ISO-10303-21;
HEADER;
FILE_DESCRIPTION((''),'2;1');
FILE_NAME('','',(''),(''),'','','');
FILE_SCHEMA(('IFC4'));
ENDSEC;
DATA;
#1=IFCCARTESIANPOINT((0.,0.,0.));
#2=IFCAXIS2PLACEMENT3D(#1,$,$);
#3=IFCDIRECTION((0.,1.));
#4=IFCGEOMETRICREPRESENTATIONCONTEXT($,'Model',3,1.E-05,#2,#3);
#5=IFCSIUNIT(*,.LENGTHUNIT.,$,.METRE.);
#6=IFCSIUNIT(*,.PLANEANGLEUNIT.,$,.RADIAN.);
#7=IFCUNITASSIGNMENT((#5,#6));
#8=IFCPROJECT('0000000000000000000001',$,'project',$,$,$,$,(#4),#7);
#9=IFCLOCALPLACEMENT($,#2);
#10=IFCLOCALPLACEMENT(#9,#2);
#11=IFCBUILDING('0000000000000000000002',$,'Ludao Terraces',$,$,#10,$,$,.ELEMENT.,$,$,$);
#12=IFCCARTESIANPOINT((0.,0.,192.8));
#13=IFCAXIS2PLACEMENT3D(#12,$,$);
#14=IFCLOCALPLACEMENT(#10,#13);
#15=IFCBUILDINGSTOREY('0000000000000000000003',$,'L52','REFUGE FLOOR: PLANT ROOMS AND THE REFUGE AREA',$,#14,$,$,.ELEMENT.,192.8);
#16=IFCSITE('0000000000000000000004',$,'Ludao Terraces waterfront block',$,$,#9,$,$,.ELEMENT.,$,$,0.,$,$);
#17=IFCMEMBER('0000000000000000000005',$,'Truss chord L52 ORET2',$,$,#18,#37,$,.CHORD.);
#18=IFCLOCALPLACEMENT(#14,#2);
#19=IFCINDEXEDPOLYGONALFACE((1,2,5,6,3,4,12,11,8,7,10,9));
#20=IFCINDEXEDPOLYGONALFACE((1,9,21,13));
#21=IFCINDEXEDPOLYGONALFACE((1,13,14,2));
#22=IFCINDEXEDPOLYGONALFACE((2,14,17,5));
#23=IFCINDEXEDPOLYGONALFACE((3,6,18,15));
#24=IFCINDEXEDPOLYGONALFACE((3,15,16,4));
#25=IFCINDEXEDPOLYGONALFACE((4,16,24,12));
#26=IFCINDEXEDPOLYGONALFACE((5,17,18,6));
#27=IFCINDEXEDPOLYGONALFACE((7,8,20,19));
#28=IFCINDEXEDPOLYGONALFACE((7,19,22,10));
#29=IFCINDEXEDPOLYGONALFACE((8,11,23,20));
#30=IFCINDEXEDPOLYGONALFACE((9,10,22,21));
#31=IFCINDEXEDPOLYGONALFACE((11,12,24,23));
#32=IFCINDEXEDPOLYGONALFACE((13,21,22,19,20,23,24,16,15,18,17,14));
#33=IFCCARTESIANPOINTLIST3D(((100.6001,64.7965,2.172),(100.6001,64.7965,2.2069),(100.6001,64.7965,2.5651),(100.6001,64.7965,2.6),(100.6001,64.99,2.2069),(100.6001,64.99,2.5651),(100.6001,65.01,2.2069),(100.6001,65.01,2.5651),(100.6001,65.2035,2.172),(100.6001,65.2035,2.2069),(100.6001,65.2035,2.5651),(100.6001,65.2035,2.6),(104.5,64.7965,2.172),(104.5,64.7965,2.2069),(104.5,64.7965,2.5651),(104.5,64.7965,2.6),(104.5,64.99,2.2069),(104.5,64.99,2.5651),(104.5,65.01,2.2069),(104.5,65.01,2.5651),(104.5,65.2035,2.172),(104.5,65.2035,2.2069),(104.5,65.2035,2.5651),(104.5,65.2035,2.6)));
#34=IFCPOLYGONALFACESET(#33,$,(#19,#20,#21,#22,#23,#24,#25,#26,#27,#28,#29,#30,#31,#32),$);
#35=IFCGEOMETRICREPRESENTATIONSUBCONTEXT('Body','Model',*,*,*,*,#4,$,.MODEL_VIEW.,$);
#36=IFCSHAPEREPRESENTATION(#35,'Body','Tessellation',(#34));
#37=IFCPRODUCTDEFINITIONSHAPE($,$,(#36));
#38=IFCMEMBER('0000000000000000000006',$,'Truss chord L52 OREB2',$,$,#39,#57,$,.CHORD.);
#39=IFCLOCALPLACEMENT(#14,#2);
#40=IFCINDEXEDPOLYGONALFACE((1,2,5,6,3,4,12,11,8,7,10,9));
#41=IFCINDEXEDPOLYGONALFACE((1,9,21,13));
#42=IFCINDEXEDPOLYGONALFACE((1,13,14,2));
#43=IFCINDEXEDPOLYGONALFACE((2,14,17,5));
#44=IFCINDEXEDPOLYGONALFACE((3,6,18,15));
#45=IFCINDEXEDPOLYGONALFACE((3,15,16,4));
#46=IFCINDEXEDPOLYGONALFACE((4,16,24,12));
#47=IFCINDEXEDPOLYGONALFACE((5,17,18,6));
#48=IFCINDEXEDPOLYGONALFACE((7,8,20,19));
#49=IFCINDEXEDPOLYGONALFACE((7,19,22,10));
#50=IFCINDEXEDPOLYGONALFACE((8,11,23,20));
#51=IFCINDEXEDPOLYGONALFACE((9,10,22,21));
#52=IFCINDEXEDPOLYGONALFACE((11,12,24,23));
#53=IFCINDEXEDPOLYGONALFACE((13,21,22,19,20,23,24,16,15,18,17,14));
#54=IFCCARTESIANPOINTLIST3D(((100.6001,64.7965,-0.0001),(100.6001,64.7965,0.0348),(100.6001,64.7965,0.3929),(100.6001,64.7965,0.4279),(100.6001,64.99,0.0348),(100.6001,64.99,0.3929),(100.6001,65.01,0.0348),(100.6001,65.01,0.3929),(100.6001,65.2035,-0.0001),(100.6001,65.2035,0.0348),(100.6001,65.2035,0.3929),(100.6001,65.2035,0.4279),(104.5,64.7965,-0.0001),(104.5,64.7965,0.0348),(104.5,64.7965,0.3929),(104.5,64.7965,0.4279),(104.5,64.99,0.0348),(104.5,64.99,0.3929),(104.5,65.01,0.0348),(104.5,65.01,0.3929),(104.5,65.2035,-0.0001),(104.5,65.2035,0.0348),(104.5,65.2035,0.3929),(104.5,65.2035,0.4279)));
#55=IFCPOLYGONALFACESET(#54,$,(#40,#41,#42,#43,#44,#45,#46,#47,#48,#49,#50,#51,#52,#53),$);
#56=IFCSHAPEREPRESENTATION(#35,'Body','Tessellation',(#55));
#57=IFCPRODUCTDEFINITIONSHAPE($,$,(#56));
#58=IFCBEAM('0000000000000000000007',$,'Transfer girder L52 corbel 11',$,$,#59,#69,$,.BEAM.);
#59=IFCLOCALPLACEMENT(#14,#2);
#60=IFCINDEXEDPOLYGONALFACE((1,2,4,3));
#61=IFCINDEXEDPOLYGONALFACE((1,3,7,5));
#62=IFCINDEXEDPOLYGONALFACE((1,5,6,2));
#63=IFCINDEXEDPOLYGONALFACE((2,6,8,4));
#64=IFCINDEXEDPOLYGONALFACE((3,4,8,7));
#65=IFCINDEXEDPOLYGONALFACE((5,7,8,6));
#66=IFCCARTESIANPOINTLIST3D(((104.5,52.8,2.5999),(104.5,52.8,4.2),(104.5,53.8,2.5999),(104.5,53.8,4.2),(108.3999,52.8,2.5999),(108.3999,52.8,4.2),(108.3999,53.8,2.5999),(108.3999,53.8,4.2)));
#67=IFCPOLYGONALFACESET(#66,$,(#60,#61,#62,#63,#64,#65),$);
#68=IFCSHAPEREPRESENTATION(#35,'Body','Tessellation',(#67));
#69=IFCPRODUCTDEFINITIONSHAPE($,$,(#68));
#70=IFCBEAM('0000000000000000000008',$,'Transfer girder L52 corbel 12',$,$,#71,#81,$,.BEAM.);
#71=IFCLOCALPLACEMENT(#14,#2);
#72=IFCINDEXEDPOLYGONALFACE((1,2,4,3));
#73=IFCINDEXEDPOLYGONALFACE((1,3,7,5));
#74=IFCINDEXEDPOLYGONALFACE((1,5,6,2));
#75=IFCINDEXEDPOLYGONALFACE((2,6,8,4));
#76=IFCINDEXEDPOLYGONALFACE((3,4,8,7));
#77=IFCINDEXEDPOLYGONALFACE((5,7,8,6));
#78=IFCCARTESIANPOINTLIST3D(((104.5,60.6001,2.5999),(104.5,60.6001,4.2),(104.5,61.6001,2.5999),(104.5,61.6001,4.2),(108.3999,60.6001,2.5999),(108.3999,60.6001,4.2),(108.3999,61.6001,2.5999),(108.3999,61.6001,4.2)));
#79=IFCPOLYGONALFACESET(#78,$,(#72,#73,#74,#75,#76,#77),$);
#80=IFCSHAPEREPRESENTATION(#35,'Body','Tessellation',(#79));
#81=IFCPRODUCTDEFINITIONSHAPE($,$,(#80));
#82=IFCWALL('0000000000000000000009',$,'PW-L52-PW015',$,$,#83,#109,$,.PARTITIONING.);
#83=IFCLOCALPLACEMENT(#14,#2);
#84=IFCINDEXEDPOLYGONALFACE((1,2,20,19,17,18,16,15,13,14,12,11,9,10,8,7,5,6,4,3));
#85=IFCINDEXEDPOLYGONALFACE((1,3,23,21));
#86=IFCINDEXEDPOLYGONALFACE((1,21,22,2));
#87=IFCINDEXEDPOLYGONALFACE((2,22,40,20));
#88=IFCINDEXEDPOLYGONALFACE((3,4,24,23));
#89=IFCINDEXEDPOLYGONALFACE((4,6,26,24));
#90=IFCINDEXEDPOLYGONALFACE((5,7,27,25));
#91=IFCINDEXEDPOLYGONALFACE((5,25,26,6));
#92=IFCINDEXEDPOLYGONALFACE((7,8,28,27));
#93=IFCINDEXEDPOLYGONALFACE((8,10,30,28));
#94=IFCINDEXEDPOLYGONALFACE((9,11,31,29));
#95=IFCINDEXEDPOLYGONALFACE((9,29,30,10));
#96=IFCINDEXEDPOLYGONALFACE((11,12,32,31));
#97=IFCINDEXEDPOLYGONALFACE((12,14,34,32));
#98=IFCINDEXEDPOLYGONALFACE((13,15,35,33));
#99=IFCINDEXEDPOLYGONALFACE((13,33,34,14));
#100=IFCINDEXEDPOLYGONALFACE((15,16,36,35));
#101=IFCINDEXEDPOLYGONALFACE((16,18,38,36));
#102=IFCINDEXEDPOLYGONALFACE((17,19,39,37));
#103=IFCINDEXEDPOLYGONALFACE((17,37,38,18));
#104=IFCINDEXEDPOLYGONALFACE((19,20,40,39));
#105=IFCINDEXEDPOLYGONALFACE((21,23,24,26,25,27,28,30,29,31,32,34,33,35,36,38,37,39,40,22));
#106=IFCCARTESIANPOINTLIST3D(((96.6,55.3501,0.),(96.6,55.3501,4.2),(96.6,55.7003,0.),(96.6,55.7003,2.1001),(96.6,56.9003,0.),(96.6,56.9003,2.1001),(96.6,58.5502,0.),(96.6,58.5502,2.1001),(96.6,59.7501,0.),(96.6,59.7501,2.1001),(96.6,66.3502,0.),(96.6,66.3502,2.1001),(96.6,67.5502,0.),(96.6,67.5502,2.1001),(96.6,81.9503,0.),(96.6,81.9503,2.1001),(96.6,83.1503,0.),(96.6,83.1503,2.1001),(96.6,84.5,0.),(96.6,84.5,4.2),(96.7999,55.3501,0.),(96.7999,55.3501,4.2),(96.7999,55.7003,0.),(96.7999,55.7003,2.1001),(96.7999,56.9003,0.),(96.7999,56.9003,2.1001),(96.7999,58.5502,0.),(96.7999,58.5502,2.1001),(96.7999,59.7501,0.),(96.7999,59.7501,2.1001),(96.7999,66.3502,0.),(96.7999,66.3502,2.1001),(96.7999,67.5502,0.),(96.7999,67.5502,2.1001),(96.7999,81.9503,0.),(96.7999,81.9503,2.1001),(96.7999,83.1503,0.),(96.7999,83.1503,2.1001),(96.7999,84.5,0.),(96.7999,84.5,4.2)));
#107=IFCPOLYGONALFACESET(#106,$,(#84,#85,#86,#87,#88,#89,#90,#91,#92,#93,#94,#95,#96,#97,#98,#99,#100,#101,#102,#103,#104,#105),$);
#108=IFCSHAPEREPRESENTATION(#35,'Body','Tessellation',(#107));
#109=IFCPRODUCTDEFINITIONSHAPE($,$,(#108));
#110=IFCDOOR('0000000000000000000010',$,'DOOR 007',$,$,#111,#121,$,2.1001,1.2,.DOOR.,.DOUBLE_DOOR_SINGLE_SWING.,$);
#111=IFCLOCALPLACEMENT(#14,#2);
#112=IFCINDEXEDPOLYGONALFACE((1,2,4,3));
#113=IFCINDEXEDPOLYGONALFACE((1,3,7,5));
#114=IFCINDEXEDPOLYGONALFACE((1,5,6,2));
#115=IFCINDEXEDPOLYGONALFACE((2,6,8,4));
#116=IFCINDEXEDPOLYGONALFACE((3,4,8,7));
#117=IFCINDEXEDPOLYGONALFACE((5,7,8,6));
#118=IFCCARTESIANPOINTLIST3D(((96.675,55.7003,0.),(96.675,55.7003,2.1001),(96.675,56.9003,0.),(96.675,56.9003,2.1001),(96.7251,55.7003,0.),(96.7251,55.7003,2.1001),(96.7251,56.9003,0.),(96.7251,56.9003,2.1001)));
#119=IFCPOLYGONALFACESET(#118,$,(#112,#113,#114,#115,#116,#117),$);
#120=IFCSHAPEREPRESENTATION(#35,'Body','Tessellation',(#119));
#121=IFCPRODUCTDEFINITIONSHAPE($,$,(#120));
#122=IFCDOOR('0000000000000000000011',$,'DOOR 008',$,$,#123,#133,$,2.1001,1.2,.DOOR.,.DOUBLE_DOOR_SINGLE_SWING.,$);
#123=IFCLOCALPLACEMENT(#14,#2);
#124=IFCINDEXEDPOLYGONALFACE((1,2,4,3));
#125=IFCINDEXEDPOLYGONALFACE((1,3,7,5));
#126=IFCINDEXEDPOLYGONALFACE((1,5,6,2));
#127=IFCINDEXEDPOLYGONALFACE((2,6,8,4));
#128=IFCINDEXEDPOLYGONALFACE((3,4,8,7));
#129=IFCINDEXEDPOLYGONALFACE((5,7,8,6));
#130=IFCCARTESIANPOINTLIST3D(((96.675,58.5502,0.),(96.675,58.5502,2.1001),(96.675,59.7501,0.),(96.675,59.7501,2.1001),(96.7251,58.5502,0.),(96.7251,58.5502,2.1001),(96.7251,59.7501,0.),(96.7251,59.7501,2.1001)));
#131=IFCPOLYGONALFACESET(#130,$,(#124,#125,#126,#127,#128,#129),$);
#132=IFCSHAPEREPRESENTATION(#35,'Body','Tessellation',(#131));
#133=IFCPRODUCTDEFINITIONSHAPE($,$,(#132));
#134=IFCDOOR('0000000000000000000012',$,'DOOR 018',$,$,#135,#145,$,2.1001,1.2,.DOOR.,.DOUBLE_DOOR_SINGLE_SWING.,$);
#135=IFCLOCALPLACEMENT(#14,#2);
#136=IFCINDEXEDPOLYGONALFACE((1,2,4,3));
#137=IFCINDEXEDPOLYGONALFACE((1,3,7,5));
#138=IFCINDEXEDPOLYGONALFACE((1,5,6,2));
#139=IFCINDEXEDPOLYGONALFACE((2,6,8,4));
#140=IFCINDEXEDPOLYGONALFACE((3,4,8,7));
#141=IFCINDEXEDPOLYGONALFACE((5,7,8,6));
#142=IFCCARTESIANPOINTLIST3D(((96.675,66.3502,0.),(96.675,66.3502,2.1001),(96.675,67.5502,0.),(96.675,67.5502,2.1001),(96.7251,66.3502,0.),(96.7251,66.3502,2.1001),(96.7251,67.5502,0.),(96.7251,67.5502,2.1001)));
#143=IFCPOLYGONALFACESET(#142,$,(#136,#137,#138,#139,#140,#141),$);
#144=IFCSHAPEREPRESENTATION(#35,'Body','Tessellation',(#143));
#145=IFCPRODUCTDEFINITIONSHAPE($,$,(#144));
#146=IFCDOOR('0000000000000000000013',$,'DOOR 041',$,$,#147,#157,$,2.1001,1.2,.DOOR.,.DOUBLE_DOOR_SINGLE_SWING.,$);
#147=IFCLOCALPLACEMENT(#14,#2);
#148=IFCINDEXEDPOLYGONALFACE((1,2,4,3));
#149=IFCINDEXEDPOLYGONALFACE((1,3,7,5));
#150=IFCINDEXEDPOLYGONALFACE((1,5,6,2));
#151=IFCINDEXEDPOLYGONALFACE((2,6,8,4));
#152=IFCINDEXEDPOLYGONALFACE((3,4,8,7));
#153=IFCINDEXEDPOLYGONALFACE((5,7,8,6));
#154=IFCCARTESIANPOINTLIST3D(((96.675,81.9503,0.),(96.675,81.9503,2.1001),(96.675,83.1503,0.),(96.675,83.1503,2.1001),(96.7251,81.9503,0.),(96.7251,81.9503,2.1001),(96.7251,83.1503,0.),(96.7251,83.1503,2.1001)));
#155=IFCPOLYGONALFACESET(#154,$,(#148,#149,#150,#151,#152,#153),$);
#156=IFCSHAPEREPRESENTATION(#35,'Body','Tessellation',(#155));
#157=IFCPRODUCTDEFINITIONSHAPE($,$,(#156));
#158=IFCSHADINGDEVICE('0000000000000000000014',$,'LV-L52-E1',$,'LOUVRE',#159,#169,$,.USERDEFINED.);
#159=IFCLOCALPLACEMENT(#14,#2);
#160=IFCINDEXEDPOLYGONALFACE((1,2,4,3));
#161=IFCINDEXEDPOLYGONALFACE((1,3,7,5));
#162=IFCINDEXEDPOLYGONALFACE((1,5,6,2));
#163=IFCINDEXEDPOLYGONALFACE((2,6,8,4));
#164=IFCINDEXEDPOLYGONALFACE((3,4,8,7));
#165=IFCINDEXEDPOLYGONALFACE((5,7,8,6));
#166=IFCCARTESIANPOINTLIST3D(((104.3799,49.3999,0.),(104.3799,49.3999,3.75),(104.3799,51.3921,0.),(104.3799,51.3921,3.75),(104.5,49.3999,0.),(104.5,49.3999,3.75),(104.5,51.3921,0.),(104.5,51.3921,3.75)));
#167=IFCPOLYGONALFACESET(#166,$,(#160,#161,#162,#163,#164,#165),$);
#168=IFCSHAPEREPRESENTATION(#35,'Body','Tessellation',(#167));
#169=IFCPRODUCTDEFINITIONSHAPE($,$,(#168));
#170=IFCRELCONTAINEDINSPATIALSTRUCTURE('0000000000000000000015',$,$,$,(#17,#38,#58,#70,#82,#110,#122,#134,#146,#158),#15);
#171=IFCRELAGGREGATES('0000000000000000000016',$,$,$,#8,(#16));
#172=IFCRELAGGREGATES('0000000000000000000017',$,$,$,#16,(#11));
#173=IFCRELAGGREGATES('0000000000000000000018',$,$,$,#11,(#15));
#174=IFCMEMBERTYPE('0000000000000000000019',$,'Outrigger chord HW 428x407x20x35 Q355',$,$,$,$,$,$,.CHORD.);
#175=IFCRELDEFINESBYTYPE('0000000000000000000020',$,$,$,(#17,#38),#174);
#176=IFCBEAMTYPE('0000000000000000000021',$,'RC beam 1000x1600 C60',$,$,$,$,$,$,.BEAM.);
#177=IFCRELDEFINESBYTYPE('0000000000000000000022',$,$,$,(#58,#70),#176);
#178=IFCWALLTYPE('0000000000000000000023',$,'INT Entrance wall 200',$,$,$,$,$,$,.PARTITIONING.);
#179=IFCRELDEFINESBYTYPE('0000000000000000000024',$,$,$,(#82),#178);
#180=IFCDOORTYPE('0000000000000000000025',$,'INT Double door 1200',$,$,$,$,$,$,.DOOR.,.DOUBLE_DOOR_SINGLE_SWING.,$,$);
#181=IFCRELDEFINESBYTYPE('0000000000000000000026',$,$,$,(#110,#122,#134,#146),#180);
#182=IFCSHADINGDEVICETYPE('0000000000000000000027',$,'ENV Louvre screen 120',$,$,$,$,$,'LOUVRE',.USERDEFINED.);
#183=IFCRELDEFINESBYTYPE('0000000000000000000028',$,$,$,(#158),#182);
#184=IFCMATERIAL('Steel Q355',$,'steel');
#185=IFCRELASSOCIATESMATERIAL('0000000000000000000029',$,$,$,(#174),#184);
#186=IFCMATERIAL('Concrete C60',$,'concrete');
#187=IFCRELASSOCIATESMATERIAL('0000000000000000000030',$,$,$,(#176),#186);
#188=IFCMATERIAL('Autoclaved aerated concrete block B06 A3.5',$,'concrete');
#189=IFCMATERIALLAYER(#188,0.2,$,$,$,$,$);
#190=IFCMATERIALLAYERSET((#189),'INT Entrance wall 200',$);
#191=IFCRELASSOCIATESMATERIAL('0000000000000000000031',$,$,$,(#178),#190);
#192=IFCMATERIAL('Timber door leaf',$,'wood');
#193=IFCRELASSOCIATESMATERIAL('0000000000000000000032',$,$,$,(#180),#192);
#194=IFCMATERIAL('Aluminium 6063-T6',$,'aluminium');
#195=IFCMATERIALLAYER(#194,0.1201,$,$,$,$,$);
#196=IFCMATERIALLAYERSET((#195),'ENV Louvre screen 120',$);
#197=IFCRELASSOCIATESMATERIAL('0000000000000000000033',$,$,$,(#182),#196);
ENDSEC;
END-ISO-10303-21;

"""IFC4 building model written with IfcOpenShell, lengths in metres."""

from ifc_helpers import new_model, si_unit, direction, frame, frame_2d, origin, origin_2d, place, context, subcontext, project, spatial, rectangle, i_section, extrude, material, layer, layer_set, material_profile, profile_set, type_object, element, fill, save


model = new_model("IFC4")

# Units and contexts
model_context = context("Model", 3, precision=1e-05, world=origin(), true_north=direction((0.0, 1.0)))
body_context = subcontext(model_context, "Body", "Model", "MODEL_VIEW")
ifc_project = project(units=[si_unit("LENGTHUNIT", "METRE"), si_unit("PLANEANGLEUNIT", "RADIAN")], contexts=[model_context])

# Site, building, storey
site_placement = place(None, origin())
site = spatial("IfcSite", under=ifc_project, at=site_placement, Name="Ludao Terraces waterfront block", CompositionType="ELEMENT", RefElevation=0.0)
building_placement = place(site_placement, origin())
building = spatial("IfcBuilding", under=site, at=building_placement, Name="Ludao Terraces", CompositionType="ELEMENT")
storey_placement = place(building_placement, frame((0.0, 0.0, 192.8)))
storey = spatial("IfcBuildingStorey", under=building, at=storey_placement, Name="L52", Description="REFUGE FLOOR: PLANT ROOMS AND THE REFUGE AREA", CompositionType="ELEMENT", Elevation=192.8)

# Members
ifc_material_1 = material(Name="Steel Q355", Category="steel")
ifc_material_profile_1 = material_profile(ifc_material_1, i_section(OverallWidth=0.407, OverallDepth=0.428, WebThickness=0.02, FlangeThickness=0.0349, at=origin_2d()), Name="HW 428X407X20X35")
ifc_profile_set_1 = profile_set([ifc_material_profile_1], Name="Steel Q355")
member_type_1 = type_object("IfcMemberType", Name="Outrigger chord HW 428x407x20x35 Q355", PredefinedType="CHORD", material=ifc_profile_set_1)
for number, where, z_axis, x_axis, name in (
    (1, (100.6001, 65.0, 2.386), (1.0, 0.0, 0.0), (0.0, 1.0, 0.0), "Truss chord L52 ORET2"),
    (2, (100.6001, 65.0, 0.2139), (1.0, 0.0, 0.0), (0.0, 1.0, 0.0), "Truss chord L52 OREB2"),
):
    element("IfcMember", number, at=place(storey_placement, frame(where, z_axis=z_axis, x_axis=x_axis)), inside=storey, type_object=member_type_1, Name=name, PredefinedType="CHORD", context=body_context, shape_type="SweptSolid", body=[
        extrude(i_section(OverallWidth=0.407, OverallDepth=0.428, WebThickness=0.02, FlangeThickness=0.0349, at=origin_2d()), origin(), (0.0, 0.0, 1.0), 3.8999),
    ])

# Beams
ifc_material_2 = material(Name="Concrete C60", Category="concrete")
ifc_material_profile_2 = material_profile(ifc_material_2, rectangle(XDim=1.0, YDim=1.6001, at=origin_2d()), Name="1000 X 1600")
ifc_profile_set_2 = profile_set([ifc_material_profile_2], Name="Concrete C60")
beam_type = type_object("IfcBeamType", Name="RC beam 1000x1600 C60", PredefinedType="BEAM", material=ifc_profile_set_2)
for number, where, z_axis, x_axis, name in (
    (3, (108.3999, 53.3, 3.3999), (-1.0, 0.0, 0.0), (0.0, -1.0, 0.0), "Transfer girder L52 corbel 11"),
    (4, (108.3999, 61.1001, 3.3999), (-1.0, 0.0, 0.0), (0.0, -1.0, 0.0), "Transfer girder L52 corbel 12"),
):
    element("IfcBeam", number, at=place(storey_placement, frame(where, z_axis=z_axis, x_axis=x_axis)), inside=storey, type_object=beam_type, Name=name, PredefinedType="BEAM", context=body_context, shape_type="SweptSolid", body=[
        extrude(rectangle(XDim=1.0, YDim=1.6001, at=origin_2d()), origin(), (0.0, 0.0, 1.0), 3.8999),
    ])

# Wall, openings, doors
ifc_material_3 = material(Name="Autoclaved aerated concrete block B06 A3.5", Category="concrete")
ifc_layer_1 = layer(ifc_material_3, 0.2)
ifc_layer_set_1 = layer_set([ifc_layer_1], Name="INT Entrance wall 200")
wall_type = type_object("IfcWallType", Name="INT Entrance wall 200", PredefinedType="PARTITIONING", material=ifc_layer_set_1)
wall_placement = place(storey_placement, frame((96.7, 55.3501, 0.0), z_axis=(0.0, 0.0, 1.0), x_axis=(0.0, 1.0, 0.0)))
wall = element("IfcWall", 5, at=wall_placement, inside=storey, type_object=wall_type, Name="PW-L52-PW015", PredefinedType="PARTITIONING", context=body_context, shape_type="SweptSolid", body=[
    extrude(rectangle(XDim=29.1499, YDim=0.2, at=frame_2d((14.575, 0.0))), origin(), (0.0, 0.0, 1.0), 4.2),
])
opening_1_placement = place(wall_placement, frame((0.3501, 0.0, 0.0)))
opening_1 = element("IfcOpeningElement", 6, at=opening_1_placement, cuts=wall, PredefinedType="OPENING", context=body_context, shape_type="SweptSolid", body=[
    extrude(rectangle(XDim=1.2, YDim=2.1001, at=frame_2d((0.6001, 1.05))), frame((0.0, 0.1099, 0.0), z_axis=(0.0, -1.0, 0.0), x_axis=(1.0, 0.0, 0.0)), (0.0, 0.0, 1.0), 0.22),
])
opening_2_placement = place(wall_placement, frame((3.2, 0.0, 0.0)))
opening_2 = element("IfcOpeningElement", 7, at=opening_2_placement, cuts=wall, PredefinedType="OPENING", context=body_context, shape_type="SweptSolid", body=[
    extrude(rectangle(XDim=1.2, YDim=2.1001, at=frame_2d((0.6001, 1.05))), frame((0.0, 0.1099, 0.0), z_axis=(0.0, -1.0, 0.0), x_axis=(1.0, 0.0, 0.0)), (0.0, 0.0, 1.0), 0.22),
])
opening_3_placement = place(wall_placement, frame((11.0, 0.0, 0.0)))
opening_3 = element("IfcOpeningElement", 8, at=opening_3_placement, cuts=wall, PredefinedType="OPENING", context=body_context, shape_type="SweptSolid", body=[
    extrude(rectangle(XDim=1.2, YDim=2.1001, at=frame_2d((0.6001, 1.05))), frame((0.0, 0.1099, 0.0), z_axis=(0.0, -1.0, 0.0), x_axis=(1.0, 0.0, 0.0)), (0.0, 0.0, 1.0), 0.22),
])
opening_4_placement = place(wall_placement, frame((26.6001, 0.0, 0.0)))
opening_4 = element("IfcOpeningElement", 9, at=opening_4_placement, cuts=wall, PredefinedType="OPENING", context=body_context, shape_type="SweptSolid", body=[
    extrude(rectangle(XDim=1.2, YDim=2.1001, at=frame_2d((0.6001, 1.05))), frame((0.0, 0.1099, 0.0), z_axis=(0.0, -1.0, 0.0), x_axis=(1.0, 0.0, 0.0)), (0.0, 0.0, 1.0), 0.22),
])
ifc_material_4 = material(Name="Timber door leaf", Category="wood")
door_type = type_object("IfcDoorType", Name="INT Double door 1200", OperationType="DOUBLE_DOOR_SINGLE_SWING", PredefinedType="DOOR", material=ifc_material_4)
door_1_placement = place(opening_1_placement, origin())
door_1 = element("IfcDoor", 10, at=door_1_placement, inside=storey, type_object=door_type, Name="DOOR 007", OperationType="DOUBLE_DOOR_SINGLE_SWING", OverallHeight=2.1001, OverallWidth=1.2, PredefinedType="DOOR", context=body_context, shape_type="SweptSolid", body=[
    extrude(rectangle(XDim=1.2, YDim=2.1001, at=frame_2d((0.6001, 1.05))), frame((0.0, 0.0249, 0.0), z_axis=(0.0, -1.0, 0.0), x_axis=(1.0, 0.0, 0.0)), (0.0, 0.0, 1.0), 0.05),
])
fill(opening_1, door_1)
door_2_placement = place(opening_2_placement, origin())
door_2 = element("IfcDoor", 11, at=door_2_placement, inside=storey, type_object=door_type, Name="DOOR 008", OperationType="DOUBLE_DOOR_SINGLE_SWING", OverallHeight=2.1001, OverallWidth=1.2, PredefinedType="DOOR", context=body_context, shape_type="SweptSolid", body=[
    extrude(rectangle(XDim=1.2, YDim=2.1001, at=frame_2d((0.6001, 1.05))), frame((0.0, 0.0249, 0.0), z_axis=(0.0, -1.0, 0.0), x_axis=(1.0, 0.0, 0.0)), (0.0, 0.0, 1.0), 0.05),
])
fill(opening_2, door_2)
door_3_placement = place(opening_3_placement, origin())
door_3 = element("IfcDoor", 12, at=door_3_placement, inside=storey, type_object=door_type, Name="DOOR 018", OperationType="DOUBLE_DOOR_SINGLE_SWING", OverallHeight=2.1001, OverallWidth=1.2, PredefinedType="DOOR", context=body_context, shape_type="SweptSolid", body=[
    extrude(rectangle(XDim=1.2, YDim=2.1001, at=frame_2d((0.6001, 1.05))), frame((0.0, 0.0249, 0.0), z_axis=(0.0, -1.0, 0.0), x_axis=(1.0, 0.0, 0.0)), (0.0, 0.0, 1.0), 0.05),
])
fill(opening_3, door_3)
door_4_placement = place(opening_4_placement, origin())
door_4 = element("IfcDoor", 13, at=door_4_placement, inside=storey, type_object=door_type, Name="DOOR 041", OperationType="DOUBLE_DOOR_SINGLE_SWING", OverallHeight=2.1001, OverallWidth=1.2, PredefinedType="DOOR", context=body_context, shape_type="SweptSolid", body=[
    extrude(rectangle(XDim=1.2, YDim=2.1001, at=frame_2d((0.6001, 1.05))), frame((0.0, 0.0249, 0.0), z_axis=(0.0, -1.0, 0.0), x_axis=(1.0, 0.0, 0.0)), (0.0, 0.0, 1.0), 0.05),
])
fill(opening_4, door_4)

# Shading device
ifc_material_5 = material(Name="Aluminium 6063-T6", Category="aluminium")
ifc_layer_2 = layer(ifc_material_5, 0.1201)
ifc_layer_set_2 = layer_set([ifc_layer_2], Name="ENV Louvre screen 120")
shading_device_type = type_object("IfcShadingDeviceType", Name="ENV Louvre screen 120", ElementType="LOUVRE", PredefinedType="USERDEFINED", material=ifc_layer_set_2)
shading_device_placement = place(storey_placement, frame((104.4399, 49.3999, 0.0), z_axis=(0.0, 0.0, 1.0), x_axis=(0.0, 1.0, 0.0)))
element("IfcShadingDevice", 14, at=shading_device_placement, inside=storey, type_object=shading_device_type, Name="LV-L52-E1", ObjectType="LOUVRE", PredefinedType="USERDEFINED", context=body_context, shape_type="SweptSolid", body=[
    extrude(rectangle(XDim=1.9922, YDim=0.1201, at=frame_2d((0.9961, 0.0))), origin(), (0.0, 0.0, 1.0), 3.75),
])

save(model, "model.ifc")
